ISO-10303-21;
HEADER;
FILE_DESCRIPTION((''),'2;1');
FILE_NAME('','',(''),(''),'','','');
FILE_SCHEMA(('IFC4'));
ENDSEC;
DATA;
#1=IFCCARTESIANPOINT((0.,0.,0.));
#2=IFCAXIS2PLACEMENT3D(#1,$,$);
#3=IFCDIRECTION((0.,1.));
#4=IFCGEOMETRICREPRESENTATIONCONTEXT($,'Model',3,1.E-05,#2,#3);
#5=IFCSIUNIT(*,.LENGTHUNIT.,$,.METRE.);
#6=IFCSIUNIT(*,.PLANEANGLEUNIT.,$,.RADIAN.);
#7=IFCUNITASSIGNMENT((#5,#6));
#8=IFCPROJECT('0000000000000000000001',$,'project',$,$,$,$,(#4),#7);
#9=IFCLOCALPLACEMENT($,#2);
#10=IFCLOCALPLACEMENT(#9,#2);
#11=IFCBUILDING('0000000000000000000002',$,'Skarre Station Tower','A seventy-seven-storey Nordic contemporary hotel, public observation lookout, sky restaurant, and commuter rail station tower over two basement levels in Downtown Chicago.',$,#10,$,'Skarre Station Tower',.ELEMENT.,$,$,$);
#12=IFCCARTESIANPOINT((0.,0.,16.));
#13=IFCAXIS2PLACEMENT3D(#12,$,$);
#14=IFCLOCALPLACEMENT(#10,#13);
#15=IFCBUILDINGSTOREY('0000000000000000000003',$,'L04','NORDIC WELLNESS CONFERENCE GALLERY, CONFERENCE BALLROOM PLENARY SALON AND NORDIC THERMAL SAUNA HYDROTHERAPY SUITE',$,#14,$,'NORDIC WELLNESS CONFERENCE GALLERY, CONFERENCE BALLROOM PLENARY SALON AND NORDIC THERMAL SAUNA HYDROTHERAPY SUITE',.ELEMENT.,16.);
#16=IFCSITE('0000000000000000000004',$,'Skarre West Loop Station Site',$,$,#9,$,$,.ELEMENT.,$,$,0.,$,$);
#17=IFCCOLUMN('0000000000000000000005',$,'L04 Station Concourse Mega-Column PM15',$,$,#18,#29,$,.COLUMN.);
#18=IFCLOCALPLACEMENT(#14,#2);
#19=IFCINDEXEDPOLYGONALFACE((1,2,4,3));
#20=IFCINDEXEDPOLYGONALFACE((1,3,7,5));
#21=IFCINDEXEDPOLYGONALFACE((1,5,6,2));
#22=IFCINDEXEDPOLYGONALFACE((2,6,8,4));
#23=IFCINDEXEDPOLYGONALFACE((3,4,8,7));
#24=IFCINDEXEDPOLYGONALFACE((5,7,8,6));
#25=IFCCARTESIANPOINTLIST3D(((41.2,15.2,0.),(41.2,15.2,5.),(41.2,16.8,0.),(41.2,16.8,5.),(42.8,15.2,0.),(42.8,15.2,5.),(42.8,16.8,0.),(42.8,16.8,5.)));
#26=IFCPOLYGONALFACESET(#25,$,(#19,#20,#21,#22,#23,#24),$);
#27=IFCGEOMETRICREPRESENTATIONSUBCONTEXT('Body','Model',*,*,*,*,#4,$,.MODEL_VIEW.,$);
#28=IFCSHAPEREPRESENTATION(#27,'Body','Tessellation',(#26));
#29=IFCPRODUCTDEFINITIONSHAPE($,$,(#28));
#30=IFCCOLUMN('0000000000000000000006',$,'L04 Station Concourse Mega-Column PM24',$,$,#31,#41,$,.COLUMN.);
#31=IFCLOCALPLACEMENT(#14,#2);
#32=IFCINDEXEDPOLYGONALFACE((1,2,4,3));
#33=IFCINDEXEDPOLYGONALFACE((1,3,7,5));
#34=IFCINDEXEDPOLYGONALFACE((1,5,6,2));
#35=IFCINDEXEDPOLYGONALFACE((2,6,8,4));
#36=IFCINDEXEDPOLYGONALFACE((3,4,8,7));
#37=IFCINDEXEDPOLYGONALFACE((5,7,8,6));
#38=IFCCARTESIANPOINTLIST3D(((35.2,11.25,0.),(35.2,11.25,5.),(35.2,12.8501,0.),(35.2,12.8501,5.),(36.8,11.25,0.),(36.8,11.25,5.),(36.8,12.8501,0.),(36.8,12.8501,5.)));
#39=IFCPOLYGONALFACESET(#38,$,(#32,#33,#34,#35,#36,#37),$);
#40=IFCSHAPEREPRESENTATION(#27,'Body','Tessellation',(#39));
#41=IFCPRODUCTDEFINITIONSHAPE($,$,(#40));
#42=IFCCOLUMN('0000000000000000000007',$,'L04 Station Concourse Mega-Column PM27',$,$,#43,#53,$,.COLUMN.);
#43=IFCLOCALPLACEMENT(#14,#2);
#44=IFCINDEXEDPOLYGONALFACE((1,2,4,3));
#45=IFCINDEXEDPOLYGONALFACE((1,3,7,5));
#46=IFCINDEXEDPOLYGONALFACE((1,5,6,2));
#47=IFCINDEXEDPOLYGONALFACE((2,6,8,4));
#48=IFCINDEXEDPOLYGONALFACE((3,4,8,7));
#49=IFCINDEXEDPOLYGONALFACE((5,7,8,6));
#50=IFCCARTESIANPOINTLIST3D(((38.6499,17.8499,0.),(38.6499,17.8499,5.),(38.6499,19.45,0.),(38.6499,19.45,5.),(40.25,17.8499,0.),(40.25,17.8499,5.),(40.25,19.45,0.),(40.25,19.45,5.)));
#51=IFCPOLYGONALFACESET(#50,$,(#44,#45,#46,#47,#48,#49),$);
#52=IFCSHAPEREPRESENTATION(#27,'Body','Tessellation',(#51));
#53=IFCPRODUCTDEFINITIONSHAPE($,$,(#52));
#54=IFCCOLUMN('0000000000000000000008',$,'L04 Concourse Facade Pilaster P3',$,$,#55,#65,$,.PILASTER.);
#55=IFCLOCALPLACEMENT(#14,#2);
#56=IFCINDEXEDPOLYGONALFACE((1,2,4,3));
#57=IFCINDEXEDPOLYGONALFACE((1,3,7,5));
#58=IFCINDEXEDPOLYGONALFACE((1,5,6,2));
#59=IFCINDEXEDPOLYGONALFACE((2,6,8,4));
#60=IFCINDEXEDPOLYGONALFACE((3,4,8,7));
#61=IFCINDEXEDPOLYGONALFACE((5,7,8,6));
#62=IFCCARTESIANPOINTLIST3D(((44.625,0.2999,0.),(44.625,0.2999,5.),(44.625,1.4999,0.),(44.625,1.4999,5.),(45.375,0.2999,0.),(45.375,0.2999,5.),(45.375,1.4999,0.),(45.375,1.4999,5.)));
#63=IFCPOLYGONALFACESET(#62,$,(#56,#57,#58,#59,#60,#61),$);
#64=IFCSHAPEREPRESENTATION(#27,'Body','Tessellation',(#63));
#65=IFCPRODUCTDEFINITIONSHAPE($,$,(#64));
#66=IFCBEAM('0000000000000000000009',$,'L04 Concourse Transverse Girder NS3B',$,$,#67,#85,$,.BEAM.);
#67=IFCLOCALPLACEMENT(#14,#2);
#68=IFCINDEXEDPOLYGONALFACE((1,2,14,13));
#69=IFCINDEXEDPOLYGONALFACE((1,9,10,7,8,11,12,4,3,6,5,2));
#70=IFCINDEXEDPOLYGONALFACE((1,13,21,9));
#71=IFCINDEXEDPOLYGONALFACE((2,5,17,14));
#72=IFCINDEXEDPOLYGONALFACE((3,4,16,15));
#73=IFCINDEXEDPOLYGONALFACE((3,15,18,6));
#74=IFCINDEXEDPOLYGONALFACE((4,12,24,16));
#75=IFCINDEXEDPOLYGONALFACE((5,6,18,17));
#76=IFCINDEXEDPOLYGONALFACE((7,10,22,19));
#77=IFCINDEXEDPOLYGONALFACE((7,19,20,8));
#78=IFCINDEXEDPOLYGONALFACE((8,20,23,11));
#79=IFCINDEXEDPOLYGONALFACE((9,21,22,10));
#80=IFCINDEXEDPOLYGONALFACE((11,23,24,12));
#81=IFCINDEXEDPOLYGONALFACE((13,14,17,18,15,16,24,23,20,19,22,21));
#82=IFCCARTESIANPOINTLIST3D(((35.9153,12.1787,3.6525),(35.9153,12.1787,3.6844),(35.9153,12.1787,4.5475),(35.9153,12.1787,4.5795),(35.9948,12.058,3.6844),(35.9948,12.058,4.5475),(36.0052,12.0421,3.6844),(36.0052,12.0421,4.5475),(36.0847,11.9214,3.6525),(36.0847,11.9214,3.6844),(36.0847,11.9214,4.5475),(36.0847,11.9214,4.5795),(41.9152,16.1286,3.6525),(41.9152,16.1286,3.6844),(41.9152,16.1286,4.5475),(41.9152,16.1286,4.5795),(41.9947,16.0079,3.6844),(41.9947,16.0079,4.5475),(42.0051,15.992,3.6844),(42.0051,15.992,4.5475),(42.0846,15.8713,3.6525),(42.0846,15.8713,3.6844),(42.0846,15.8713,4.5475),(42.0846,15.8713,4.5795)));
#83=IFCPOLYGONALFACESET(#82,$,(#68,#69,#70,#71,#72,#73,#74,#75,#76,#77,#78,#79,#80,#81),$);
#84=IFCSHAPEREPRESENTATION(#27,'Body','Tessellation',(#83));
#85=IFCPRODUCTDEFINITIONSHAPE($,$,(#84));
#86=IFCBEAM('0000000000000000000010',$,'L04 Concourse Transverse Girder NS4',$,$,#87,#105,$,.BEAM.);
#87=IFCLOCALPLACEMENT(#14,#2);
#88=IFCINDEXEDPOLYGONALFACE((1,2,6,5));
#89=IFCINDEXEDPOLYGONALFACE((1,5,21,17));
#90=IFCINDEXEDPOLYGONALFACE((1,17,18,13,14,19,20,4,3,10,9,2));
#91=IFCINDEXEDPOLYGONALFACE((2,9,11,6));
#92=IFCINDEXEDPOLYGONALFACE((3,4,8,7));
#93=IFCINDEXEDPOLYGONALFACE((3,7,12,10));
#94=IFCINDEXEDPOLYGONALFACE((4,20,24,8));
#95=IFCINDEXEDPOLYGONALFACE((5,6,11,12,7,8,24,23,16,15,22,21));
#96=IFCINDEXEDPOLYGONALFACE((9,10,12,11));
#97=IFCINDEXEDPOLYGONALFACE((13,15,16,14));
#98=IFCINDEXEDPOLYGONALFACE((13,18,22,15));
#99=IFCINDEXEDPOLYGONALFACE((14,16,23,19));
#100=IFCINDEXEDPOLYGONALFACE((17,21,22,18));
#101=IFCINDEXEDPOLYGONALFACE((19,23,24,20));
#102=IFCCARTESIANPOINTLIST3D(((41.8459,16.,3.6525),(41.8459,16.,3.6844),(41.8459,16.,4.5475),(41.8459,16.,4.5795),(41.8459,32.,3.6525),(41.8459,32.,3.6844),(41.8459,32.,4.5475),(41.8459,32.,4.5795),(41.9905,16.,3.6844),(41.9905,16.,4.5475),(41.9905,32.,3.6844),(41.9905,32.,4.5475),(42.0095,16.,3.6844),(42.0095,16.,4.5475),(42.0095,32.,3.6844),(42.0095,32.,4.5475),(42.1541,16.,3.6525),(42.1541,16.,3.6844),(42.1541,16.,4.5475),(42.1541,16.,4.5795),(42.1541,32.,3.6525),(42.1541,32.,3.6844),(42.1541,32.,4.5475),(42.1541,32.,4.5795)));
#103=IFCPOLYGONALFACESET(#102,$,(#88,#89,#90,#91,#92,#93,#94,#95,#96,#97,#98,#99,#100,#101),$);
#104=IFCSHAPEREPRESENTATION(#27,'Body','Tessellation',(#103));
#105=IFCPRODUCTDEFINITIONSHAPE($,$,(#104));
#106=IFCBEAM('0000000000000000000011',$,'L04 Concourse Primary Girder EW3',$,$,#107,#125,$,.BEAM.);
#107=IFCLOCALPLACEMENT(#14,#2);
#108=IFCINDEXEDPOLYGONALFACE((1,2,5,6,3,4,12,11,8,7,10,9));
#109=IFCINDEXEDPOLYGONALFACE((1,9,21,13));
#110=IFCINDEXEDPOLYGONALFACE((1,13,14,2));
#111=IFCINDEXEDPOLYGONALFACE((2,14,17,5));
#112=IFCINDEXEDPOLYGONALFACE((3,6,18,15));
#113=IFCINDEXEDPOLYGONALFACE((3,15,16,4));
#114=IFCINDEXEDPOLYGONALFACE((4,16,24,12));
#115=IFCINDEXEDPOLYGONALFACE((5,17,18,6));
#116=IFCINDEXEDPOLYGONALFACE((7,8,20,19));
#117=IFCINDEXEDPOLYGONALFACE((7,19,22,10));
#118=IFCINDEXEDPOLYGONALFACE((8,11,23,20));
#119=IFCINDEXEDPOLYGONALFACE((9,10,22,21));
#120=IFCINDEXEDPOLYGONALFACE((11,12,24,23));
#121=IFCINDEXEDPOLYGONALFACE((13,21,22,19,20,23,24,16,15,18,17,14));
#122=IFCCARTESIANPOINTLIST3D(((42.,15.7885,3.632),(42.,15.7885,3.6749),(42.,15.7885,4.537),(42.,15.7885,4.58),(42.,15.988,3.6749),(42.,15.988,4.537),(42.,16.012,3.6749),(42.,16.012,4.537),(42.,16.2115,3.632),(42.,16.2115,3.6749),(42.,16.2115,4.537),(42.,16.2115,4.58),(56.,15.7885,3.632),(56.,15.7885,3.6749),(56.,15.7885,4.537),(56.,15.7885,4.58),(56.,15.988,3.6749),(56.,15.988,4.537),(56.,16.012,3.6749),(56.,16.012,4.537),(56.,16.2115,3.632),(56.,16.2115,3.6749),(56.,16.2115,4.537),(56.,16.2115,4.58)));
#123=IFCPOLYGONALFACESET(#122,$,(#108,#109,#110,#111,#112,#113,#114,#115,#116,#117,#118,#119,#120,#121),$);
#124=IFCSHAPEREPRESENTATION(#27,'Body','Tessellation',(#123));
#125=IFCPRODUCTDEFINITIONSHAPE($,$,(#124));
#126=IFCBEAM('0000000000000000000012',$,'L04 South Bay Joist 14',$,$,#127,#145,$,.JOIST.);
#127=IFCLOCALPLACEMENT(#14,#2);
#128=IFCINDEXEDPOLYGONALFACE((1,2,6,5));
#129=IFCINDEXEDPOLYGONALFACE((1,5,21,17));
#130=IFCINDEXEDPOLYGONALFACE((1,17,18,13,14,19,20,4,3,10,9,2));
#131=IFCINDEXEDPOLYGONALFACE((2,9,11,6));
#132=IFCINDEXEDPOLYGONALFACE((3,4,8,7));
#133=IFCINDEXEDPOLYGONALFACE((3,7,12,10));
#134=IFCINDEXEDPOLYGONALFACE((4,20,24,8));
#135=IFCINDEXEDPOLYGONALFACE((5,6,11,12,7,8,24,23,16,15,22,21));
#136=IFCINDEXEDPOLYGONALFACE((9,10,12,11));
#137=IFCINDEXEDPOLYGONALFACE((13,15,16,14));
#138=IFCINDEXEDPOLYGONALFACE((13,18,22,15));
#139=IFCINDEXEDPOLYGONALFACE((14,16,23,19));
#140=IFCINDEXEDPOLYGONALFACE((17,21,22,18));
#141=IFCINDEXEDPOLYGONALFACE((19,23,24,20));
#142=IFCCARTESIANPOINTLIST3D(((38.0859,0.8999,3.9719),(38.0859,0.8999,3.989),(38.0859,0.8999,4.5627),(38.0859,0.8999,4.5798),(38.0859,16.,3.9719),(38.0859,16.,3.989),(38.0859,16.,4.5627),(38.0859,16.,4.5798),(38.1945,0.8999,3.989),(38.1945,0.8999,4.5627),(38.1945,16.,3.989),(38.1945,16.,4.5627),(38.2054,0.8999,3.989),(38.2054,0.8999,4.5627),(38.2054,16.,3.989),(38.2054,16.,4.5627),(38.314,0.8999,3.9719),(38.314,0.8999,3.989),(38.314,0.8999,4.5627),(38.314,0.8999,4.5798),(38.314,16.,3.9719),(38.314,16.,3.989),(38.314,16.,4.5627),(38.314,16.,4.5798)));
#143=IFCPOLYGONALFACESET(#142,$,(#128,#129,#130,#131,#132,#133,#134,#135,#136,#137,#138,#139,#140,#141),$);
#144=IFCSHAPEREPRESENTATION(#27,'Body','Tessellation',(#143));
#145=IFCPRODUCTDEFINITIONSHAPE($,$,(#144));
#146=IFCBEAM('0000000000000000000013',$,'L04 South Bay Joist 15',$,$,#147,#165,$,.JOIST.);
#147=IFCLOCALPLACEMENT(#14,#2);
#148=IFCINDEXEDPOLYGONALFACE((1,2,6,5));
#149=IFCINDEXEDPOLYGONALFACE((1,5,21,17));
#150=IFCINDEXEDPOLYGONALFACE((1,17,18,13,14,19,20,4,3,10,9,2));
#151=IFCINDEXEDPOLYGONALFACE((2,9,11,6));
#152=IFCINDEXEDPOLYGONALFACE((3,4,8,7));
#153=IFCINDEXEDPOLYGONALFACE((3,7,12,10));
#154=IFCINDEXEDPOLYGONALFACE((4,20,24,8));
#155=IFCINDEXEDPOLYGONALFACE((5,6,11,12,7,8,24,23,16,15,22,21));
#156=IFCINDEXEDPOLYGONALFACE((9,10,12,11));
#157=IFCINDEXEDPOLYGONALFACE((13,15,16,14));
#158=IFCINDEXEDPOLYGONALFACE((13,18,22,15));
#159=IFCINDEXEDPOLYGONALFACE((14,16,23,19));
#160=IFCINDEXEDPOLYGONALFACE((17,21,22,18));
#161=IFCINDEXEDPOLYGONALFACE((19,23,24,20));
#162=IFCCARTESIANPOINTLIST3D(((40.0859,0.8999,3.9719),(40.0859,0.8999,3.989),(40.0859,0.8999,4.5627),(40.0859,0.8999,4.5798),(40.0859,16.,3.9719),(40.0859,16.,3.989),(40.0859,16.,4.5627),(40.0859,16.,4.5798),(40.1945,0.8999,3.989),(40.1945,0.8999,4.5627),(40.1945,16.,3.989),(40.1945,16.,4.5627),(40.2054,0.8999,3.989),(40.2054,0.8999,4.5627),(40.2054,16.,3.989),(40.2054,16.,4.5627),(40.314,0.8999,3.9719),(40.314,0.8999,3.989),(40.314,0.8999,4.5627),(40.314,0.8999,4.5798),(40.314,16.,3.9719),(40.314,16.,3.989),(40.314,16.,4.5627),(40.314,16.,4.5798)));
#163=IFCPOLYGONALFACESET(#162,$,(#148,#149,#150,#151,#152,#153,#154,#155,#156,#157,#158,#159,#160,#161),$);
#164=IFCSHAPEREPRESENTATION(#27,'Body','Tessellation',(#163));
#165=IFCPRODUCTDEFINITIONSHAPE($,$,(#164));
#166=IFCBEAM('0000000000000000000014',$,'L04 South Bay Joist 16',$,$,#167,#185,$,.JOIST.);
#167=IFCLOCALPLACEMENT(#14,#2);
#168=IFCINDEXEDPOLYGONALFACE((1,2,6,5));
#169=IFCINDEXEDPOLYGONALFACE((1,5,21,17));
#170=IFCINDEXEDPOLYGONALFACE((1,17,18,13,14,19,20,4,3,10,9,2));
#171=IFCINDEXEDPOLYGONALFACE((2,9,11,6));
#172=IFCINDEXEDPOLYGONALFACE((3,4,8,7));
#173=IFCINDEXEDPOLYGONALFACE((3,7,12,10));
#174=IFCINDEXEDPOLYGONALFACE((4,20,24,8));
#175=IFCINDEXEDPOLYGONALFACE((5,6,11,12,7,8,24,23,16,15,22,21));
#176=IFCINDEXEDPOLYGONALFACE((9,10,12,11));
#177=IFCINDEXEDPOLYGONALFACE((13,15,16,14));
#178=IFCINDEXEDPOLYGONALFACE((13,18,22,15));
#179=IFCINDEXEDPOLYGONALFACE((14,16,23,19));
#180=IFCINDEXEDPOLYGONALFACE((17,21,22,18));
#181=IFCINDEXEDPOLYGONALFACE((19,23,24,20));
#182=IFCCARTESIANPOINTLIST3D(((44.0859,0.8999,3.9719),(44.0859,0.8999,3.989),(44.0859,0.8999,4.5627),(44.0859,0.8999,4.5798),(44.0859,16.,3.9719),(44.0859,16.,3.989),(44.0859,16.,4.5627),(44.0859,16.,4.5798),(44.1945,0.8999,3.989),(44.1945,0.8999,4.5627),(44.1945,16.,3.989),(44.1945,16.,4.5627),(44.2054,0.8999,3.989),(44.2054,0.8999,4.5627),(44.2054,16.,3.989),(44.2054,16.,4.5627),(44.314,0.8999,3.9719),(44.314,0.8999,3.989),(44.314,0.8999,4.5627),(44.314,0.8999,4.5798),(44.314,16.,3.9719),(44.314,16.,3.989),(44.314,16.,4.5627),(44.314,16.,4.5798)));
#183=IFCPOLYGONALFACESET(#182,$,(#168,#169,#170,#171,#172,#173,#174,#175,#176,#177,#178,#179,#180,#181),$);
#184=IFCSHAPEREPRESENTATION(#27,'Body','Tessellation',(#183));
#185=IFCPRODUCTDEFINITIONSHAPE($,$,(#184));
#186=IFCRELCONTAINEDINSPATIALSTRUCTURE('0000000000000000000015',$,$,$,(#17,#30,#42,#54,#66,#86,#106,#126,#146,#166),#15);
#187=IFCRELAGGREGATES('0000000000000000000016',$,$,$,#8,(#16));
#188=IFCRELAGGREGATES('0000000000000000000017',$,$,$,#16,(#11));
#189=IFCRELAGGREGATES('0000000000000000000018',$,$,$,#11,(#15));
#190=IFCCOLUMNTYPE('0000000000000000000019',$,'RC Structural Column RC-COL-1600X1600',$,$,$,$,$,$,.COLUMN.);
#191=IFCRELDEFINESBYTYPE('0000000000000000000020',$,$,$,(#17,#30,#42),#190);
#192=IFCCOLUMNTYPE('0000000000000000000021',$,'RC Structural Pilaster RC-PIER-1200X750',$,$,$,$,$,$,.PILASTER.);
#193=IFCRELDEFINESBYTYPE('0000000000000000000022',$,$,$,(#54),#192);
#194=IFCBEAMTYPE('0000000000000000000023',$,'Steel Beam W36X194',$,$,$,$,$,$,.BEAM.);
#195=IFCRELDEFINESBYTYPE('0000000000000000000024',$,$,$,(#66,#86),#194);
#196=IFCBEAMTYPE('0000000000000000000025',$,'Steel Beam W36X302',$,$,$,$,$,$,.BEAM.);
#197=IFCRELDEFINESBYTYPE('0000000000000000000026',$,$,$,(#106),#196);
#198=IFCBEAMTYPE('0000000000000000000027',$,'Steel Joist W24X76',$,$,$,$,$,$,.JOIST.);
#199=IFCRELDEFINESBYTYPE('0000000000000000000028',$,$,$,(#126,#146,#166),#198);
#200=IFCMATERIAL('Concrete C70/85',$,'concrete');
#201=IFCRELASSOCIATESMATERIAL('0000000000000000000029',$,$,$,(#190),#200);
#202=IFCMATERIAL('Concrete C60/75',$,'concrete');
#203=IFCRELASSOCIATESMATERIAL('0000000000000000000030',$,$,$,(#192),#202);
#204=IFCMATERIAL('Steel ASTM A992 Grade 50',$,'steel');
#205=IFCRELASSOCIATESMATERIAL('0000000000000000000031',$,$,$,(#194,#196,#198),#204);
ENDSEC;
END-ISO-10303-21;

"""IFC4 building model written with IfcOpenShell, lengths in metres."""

from ifc_helpers import new_model, si_unit, direction, frame, origin, origin_2d, place, context, subcontext, project, spatial, rectangle, i_section, extrude, material, material_profile, profile_set, type_object, element, save


model = new_model("IFC4")

# Units and contexts
model_context = context("Model", 3, precision=1e-05, world=origin(), true_north=direction((0.0, 1.0)))
body_context = subcontext(model_context, "Body", "Model", "MODEL_VIEW")
ifc_project = project(units=[si_unit("LENGTHUNIT", "METRE"), si_unit("PLANEANGLEUNIT", "RADIAN")], contexts=[model_context])

# Site, building, storey
site_placement = place(None, origin())
site = spatial("IfcSite", under=ifc_project, at=site_placement, Name="Skarre West Loop Station Site", CompositionType="ELEMENT", RefElevation=0.0)
building_placement = place(site_placement, origin())
building = spatial("IfcBuilding", under=site, at=building_placement, Name="Skarre Station Tower", Description="A seventy-seven-storey Nordic contemporary hotel, public observation lookout, sky restaurant, and commuter rail station tower over two basement levels in Downtown Chicago.", LongName="Skarre Station Tower", CompositionType="ELEMENT")
storey_placement = place(building_placement, frame((0.0, 0.0, 16.0)))
storey = spatial("IfcBuildingStorey", under=building, at=storey_placement, Name="L04", Description="NORDIC WELLNESS CONFERENCE GALLERY, CONFERENCE BALLROOM PLENARY SALON AND NORDIC THERMAL SAUNA HYDROTHERAPY SUITE", LongName="NORDIC WELLNESS CONFERENCE GALLERY, CONFERENCE BALLROOM PLENARY SALON AND NORDIC THERMAL SAUNA HYDROTHERAPY SUITE", CompositionType="ELEMENT", Elevation=16.0)

# Columns
ifc_material_1 = material(Name="Concrete C70/85", Category="concrete")
ifc_material_profile_1 = material_profile(ifc_material_1, rectangle(XDim=1.6001, YDim=1.6001, at=origin_2d()), Name="Concrete C70/85")
ifc_profile_set_1 = profile_set([ifc_material_profile_1], Name="Concrete C70/85")
column_type_1 = type_object("IfcColumnType", Name="RC Structural Column RC-COL-1600X1600", PredefinedType="COLUMN", material=ifc_profile_set_1)
for number, where, z_axis, x_axis, name in (
    (1, (42.0, 16.0, 0.0), (0.0, 0.0, 1.0), (1.0, 0.0, 0.0), "L04 Station Concourse Mega-Column PM15"),
    (2, (36.0, 12.05, 0.0), (0.0, 0.0, 1.0), (1.0, 0.0, 0.0), "L04 Station Concourse Mega-Column PM24"),
    (3, (39.45, 18.6499, 0.0), (0.0, 0.0, 1.0), (1.0, 0.0, 0.0), "L04 Station Concourse Mega-Column PM27"),
):
    element("IfcColumn", number, at=place(storey_placement, frame(where, z_axis=z_axis, x_axis=x_axis)), inside=storey, type_object=column_type_1, Name=name, PredefinedType="COLUMN", context=body_context, shape_type="SweptSolid", body=[
        extrude(rectangle(XDim=1.6001, YDim=1.6001, at=origin_2d()), origin(), (0.0, 0.0, 1.0), 5.0),
    ])
ifc_material_2 = material(Name="Concrete C60/75", Category="concrete")
ifc_material_profile_2 = material_profile(ifc_material_2, rectangle(XDim=0.75, YDim=1.2, at=origin_2d()), Name="Concrete C60/75")
ifc_profile_set_2 = profile_set([ifc_material_profile_2], Name="Concrete C60/75")
column_type_2 = type_object("IfcColumnType", Name="RC Structural Pilaster RC-PIER-1200X750", PredefinedType="PILASTER", material=ifc_profile_set_2)
column_placement = place(storey_placement, frame((45.0, 0.8999, 0.0), z_axis=(0.0, 0.0, 1.0), x_axis=(1.0, 0.0, 0.0)))
element("IfcColumn", 4, at=column_placement, inside=storey, type_object=column_type_2, Name="L04 Concourse Facade Pilaster P3", PredefinedType="PILASTER", context=body_context, shape_type="SweptSolid", body=[
    extrude(rectangle(XDim=0.75, YDim=1.2, at=origin_2d()), origin(), (0.0, 0.0, 1.0), 5.0),
])

# Beams
ifc_material_3 = material(Name="Steel ASTM A992 Grade 50", Category="steel")
ifc_material_profile_3 = material_profile(ifc_material_3, i_section(OverallWidth=0.3081, OverallDepth=0.927, WebThickness=0.019, FlangeThickness=0.032, at=origin_2d()), Name="Steel ASTM A992 Grade 50")
ifc_profile_set_3 = profile_set([ifc_material_profile_3], Name="Steel ASTM A992 Grade 50")
beam_type_1 = type_object("IfcBeamType", Name="Steel Beam W36X194", PredefinedType="BEAM", material=ifc_profile_set_3)
beam_1_placement = place(storey_placement, frame((36.0, 12.05, 4.116), z_axis=(0.835252, 0.549867, 0.0), x_axis=(-0.549867, 0.835252, 0.0)))
element("IfcBeam", 5, at=beam_1_placement, inside=storey, type_object=beam_type_1, Name="L04 Concourse Transverse Girder NS3B", PredefinedType="BEAM", context=body_context, shape_type="SweptSolid", body=[
    extrude(i_section(OverallWidth=0.3081, OverallDepth=0.927, WebThickness=0.019, FlangeThickness=0.032, at=origin_2d()), origin(), (0.0, 0.0, 1.0), 7.1833),
])
beam_2_placement = place(storey_placement, frame((42.0, 16.0, 4.116), z_axis=(0.0, 1.0, 0.0), x_axis=(-1.0, 0.0, 0.0)))
element("IfcBeam", 6, at=beam_2_placement, inside=storey, type_object=beam_type_1, Name="L04 Concourse Transverse Girder NS4", PredefinedType="BEAM", context=body_context, shape_type="SweptSolid", body=[
    extrude(i_section(OverallWidth=0.3081, OverallDepth=0.927, WebThickness=0.019, FlangeThickness=0.032, at=origin_2d()), origin(), (0.0, 0.0, 1.0), 16.0),
])
ifc_material_profile_4 = material_profile(ifc_material_3, i_section(OverallWidth=0.4231, OverallDepth=0.948, WebThickness=0.0239, FlangeThickness=0.043, at=origin_2d()), Name="Steel ASTM A992 Grade 50")
ifc_profile_set_4 = profile_set([ifc_material_profile_4], Name="Steel ASTM A992 Grade 50")
beam_type_2 = type_object("IfcBeamType", Name="Steel Beam W36X302", PredefinedType="BEAM", material=ifc_profile_set_4)
beam_3_placement = place(storey_placement, frame((42.0, 16.0, 4.106), z_axis=(1.0, 0.0, 0.0), x_axis=(0.0, 1.0, 0.0)))
element("IfcBeam", 7, at=beam_3_placement, inside=storey, type_object=beam_type_2, Name="L04 Concourse Primary Girder EW3", PredefinedType="BEAM", context=body_context, shape_type="SweptSolid", body=[
    extrude(i_section(OverallWidth=0.4231, OverallDepth=0.948, WebThickness=0.0239, FlangeThickness=0.043, at=origin_2d()), origin(), (0.0, 0.0, 1.0), 14.0),
])
ifc_material_profile_5 = material_profile(ifc_material_3, i_section(OverallWidth=0.228, OverallDepth=0.6079, WebThickness=0.011, FlangeThickness=0.0171, at=origin_2d()), Name="Steel ASTM A992 Grade 50")
ifc_profile_set_5 = profile_set([ifc_material_profile_5], Name="Steel ASTM A992 Grade 50")
beam_type_3 = type_object("IfcBeamType", Name="Steel Joist W24X76", PredefinedType="JOIST", material=ifc_profile_set_5)
for number, where, z_axis, x_axis, name in (
    (8, (38.2, 0.8999, 4.2759), (0.0, 1.0, 0.0), (-1.0, 0.0, 0.0), "L04 South Bay Joist 14"),
    (9, (40.2, 0.8999, 4.2759), (0.0, 1.0, 0.0), (-1.0, 0.0, 0.0), "L04 South Bay Joist 15"),
    (10, (44.2, 0.8999, 4.2759), (0.0, 1.0, 0.0), (-1.0, 0.0, 0.0), "L04 South Bay Joist 16"),
):
    element("IfcBeam", number, at=place(storey_placement, frame(where, z_axis=z_axis, x_axis=x_axis)), inside=storey, type_object=beam_type_3, Name=name, PredefinedType="JOIST", context=body_context, shape_type="SweptSolid", body=[
        extrude(i_section(OverallWidth=0.228, OverallDepth=0.6079, WebThickness=0.011, FlangeThickness=0.0171, at=origin_2d()), origin(), (0.0, 0.0, 1.0), 15.1001),
    ])

save(model, "model.ifc")
